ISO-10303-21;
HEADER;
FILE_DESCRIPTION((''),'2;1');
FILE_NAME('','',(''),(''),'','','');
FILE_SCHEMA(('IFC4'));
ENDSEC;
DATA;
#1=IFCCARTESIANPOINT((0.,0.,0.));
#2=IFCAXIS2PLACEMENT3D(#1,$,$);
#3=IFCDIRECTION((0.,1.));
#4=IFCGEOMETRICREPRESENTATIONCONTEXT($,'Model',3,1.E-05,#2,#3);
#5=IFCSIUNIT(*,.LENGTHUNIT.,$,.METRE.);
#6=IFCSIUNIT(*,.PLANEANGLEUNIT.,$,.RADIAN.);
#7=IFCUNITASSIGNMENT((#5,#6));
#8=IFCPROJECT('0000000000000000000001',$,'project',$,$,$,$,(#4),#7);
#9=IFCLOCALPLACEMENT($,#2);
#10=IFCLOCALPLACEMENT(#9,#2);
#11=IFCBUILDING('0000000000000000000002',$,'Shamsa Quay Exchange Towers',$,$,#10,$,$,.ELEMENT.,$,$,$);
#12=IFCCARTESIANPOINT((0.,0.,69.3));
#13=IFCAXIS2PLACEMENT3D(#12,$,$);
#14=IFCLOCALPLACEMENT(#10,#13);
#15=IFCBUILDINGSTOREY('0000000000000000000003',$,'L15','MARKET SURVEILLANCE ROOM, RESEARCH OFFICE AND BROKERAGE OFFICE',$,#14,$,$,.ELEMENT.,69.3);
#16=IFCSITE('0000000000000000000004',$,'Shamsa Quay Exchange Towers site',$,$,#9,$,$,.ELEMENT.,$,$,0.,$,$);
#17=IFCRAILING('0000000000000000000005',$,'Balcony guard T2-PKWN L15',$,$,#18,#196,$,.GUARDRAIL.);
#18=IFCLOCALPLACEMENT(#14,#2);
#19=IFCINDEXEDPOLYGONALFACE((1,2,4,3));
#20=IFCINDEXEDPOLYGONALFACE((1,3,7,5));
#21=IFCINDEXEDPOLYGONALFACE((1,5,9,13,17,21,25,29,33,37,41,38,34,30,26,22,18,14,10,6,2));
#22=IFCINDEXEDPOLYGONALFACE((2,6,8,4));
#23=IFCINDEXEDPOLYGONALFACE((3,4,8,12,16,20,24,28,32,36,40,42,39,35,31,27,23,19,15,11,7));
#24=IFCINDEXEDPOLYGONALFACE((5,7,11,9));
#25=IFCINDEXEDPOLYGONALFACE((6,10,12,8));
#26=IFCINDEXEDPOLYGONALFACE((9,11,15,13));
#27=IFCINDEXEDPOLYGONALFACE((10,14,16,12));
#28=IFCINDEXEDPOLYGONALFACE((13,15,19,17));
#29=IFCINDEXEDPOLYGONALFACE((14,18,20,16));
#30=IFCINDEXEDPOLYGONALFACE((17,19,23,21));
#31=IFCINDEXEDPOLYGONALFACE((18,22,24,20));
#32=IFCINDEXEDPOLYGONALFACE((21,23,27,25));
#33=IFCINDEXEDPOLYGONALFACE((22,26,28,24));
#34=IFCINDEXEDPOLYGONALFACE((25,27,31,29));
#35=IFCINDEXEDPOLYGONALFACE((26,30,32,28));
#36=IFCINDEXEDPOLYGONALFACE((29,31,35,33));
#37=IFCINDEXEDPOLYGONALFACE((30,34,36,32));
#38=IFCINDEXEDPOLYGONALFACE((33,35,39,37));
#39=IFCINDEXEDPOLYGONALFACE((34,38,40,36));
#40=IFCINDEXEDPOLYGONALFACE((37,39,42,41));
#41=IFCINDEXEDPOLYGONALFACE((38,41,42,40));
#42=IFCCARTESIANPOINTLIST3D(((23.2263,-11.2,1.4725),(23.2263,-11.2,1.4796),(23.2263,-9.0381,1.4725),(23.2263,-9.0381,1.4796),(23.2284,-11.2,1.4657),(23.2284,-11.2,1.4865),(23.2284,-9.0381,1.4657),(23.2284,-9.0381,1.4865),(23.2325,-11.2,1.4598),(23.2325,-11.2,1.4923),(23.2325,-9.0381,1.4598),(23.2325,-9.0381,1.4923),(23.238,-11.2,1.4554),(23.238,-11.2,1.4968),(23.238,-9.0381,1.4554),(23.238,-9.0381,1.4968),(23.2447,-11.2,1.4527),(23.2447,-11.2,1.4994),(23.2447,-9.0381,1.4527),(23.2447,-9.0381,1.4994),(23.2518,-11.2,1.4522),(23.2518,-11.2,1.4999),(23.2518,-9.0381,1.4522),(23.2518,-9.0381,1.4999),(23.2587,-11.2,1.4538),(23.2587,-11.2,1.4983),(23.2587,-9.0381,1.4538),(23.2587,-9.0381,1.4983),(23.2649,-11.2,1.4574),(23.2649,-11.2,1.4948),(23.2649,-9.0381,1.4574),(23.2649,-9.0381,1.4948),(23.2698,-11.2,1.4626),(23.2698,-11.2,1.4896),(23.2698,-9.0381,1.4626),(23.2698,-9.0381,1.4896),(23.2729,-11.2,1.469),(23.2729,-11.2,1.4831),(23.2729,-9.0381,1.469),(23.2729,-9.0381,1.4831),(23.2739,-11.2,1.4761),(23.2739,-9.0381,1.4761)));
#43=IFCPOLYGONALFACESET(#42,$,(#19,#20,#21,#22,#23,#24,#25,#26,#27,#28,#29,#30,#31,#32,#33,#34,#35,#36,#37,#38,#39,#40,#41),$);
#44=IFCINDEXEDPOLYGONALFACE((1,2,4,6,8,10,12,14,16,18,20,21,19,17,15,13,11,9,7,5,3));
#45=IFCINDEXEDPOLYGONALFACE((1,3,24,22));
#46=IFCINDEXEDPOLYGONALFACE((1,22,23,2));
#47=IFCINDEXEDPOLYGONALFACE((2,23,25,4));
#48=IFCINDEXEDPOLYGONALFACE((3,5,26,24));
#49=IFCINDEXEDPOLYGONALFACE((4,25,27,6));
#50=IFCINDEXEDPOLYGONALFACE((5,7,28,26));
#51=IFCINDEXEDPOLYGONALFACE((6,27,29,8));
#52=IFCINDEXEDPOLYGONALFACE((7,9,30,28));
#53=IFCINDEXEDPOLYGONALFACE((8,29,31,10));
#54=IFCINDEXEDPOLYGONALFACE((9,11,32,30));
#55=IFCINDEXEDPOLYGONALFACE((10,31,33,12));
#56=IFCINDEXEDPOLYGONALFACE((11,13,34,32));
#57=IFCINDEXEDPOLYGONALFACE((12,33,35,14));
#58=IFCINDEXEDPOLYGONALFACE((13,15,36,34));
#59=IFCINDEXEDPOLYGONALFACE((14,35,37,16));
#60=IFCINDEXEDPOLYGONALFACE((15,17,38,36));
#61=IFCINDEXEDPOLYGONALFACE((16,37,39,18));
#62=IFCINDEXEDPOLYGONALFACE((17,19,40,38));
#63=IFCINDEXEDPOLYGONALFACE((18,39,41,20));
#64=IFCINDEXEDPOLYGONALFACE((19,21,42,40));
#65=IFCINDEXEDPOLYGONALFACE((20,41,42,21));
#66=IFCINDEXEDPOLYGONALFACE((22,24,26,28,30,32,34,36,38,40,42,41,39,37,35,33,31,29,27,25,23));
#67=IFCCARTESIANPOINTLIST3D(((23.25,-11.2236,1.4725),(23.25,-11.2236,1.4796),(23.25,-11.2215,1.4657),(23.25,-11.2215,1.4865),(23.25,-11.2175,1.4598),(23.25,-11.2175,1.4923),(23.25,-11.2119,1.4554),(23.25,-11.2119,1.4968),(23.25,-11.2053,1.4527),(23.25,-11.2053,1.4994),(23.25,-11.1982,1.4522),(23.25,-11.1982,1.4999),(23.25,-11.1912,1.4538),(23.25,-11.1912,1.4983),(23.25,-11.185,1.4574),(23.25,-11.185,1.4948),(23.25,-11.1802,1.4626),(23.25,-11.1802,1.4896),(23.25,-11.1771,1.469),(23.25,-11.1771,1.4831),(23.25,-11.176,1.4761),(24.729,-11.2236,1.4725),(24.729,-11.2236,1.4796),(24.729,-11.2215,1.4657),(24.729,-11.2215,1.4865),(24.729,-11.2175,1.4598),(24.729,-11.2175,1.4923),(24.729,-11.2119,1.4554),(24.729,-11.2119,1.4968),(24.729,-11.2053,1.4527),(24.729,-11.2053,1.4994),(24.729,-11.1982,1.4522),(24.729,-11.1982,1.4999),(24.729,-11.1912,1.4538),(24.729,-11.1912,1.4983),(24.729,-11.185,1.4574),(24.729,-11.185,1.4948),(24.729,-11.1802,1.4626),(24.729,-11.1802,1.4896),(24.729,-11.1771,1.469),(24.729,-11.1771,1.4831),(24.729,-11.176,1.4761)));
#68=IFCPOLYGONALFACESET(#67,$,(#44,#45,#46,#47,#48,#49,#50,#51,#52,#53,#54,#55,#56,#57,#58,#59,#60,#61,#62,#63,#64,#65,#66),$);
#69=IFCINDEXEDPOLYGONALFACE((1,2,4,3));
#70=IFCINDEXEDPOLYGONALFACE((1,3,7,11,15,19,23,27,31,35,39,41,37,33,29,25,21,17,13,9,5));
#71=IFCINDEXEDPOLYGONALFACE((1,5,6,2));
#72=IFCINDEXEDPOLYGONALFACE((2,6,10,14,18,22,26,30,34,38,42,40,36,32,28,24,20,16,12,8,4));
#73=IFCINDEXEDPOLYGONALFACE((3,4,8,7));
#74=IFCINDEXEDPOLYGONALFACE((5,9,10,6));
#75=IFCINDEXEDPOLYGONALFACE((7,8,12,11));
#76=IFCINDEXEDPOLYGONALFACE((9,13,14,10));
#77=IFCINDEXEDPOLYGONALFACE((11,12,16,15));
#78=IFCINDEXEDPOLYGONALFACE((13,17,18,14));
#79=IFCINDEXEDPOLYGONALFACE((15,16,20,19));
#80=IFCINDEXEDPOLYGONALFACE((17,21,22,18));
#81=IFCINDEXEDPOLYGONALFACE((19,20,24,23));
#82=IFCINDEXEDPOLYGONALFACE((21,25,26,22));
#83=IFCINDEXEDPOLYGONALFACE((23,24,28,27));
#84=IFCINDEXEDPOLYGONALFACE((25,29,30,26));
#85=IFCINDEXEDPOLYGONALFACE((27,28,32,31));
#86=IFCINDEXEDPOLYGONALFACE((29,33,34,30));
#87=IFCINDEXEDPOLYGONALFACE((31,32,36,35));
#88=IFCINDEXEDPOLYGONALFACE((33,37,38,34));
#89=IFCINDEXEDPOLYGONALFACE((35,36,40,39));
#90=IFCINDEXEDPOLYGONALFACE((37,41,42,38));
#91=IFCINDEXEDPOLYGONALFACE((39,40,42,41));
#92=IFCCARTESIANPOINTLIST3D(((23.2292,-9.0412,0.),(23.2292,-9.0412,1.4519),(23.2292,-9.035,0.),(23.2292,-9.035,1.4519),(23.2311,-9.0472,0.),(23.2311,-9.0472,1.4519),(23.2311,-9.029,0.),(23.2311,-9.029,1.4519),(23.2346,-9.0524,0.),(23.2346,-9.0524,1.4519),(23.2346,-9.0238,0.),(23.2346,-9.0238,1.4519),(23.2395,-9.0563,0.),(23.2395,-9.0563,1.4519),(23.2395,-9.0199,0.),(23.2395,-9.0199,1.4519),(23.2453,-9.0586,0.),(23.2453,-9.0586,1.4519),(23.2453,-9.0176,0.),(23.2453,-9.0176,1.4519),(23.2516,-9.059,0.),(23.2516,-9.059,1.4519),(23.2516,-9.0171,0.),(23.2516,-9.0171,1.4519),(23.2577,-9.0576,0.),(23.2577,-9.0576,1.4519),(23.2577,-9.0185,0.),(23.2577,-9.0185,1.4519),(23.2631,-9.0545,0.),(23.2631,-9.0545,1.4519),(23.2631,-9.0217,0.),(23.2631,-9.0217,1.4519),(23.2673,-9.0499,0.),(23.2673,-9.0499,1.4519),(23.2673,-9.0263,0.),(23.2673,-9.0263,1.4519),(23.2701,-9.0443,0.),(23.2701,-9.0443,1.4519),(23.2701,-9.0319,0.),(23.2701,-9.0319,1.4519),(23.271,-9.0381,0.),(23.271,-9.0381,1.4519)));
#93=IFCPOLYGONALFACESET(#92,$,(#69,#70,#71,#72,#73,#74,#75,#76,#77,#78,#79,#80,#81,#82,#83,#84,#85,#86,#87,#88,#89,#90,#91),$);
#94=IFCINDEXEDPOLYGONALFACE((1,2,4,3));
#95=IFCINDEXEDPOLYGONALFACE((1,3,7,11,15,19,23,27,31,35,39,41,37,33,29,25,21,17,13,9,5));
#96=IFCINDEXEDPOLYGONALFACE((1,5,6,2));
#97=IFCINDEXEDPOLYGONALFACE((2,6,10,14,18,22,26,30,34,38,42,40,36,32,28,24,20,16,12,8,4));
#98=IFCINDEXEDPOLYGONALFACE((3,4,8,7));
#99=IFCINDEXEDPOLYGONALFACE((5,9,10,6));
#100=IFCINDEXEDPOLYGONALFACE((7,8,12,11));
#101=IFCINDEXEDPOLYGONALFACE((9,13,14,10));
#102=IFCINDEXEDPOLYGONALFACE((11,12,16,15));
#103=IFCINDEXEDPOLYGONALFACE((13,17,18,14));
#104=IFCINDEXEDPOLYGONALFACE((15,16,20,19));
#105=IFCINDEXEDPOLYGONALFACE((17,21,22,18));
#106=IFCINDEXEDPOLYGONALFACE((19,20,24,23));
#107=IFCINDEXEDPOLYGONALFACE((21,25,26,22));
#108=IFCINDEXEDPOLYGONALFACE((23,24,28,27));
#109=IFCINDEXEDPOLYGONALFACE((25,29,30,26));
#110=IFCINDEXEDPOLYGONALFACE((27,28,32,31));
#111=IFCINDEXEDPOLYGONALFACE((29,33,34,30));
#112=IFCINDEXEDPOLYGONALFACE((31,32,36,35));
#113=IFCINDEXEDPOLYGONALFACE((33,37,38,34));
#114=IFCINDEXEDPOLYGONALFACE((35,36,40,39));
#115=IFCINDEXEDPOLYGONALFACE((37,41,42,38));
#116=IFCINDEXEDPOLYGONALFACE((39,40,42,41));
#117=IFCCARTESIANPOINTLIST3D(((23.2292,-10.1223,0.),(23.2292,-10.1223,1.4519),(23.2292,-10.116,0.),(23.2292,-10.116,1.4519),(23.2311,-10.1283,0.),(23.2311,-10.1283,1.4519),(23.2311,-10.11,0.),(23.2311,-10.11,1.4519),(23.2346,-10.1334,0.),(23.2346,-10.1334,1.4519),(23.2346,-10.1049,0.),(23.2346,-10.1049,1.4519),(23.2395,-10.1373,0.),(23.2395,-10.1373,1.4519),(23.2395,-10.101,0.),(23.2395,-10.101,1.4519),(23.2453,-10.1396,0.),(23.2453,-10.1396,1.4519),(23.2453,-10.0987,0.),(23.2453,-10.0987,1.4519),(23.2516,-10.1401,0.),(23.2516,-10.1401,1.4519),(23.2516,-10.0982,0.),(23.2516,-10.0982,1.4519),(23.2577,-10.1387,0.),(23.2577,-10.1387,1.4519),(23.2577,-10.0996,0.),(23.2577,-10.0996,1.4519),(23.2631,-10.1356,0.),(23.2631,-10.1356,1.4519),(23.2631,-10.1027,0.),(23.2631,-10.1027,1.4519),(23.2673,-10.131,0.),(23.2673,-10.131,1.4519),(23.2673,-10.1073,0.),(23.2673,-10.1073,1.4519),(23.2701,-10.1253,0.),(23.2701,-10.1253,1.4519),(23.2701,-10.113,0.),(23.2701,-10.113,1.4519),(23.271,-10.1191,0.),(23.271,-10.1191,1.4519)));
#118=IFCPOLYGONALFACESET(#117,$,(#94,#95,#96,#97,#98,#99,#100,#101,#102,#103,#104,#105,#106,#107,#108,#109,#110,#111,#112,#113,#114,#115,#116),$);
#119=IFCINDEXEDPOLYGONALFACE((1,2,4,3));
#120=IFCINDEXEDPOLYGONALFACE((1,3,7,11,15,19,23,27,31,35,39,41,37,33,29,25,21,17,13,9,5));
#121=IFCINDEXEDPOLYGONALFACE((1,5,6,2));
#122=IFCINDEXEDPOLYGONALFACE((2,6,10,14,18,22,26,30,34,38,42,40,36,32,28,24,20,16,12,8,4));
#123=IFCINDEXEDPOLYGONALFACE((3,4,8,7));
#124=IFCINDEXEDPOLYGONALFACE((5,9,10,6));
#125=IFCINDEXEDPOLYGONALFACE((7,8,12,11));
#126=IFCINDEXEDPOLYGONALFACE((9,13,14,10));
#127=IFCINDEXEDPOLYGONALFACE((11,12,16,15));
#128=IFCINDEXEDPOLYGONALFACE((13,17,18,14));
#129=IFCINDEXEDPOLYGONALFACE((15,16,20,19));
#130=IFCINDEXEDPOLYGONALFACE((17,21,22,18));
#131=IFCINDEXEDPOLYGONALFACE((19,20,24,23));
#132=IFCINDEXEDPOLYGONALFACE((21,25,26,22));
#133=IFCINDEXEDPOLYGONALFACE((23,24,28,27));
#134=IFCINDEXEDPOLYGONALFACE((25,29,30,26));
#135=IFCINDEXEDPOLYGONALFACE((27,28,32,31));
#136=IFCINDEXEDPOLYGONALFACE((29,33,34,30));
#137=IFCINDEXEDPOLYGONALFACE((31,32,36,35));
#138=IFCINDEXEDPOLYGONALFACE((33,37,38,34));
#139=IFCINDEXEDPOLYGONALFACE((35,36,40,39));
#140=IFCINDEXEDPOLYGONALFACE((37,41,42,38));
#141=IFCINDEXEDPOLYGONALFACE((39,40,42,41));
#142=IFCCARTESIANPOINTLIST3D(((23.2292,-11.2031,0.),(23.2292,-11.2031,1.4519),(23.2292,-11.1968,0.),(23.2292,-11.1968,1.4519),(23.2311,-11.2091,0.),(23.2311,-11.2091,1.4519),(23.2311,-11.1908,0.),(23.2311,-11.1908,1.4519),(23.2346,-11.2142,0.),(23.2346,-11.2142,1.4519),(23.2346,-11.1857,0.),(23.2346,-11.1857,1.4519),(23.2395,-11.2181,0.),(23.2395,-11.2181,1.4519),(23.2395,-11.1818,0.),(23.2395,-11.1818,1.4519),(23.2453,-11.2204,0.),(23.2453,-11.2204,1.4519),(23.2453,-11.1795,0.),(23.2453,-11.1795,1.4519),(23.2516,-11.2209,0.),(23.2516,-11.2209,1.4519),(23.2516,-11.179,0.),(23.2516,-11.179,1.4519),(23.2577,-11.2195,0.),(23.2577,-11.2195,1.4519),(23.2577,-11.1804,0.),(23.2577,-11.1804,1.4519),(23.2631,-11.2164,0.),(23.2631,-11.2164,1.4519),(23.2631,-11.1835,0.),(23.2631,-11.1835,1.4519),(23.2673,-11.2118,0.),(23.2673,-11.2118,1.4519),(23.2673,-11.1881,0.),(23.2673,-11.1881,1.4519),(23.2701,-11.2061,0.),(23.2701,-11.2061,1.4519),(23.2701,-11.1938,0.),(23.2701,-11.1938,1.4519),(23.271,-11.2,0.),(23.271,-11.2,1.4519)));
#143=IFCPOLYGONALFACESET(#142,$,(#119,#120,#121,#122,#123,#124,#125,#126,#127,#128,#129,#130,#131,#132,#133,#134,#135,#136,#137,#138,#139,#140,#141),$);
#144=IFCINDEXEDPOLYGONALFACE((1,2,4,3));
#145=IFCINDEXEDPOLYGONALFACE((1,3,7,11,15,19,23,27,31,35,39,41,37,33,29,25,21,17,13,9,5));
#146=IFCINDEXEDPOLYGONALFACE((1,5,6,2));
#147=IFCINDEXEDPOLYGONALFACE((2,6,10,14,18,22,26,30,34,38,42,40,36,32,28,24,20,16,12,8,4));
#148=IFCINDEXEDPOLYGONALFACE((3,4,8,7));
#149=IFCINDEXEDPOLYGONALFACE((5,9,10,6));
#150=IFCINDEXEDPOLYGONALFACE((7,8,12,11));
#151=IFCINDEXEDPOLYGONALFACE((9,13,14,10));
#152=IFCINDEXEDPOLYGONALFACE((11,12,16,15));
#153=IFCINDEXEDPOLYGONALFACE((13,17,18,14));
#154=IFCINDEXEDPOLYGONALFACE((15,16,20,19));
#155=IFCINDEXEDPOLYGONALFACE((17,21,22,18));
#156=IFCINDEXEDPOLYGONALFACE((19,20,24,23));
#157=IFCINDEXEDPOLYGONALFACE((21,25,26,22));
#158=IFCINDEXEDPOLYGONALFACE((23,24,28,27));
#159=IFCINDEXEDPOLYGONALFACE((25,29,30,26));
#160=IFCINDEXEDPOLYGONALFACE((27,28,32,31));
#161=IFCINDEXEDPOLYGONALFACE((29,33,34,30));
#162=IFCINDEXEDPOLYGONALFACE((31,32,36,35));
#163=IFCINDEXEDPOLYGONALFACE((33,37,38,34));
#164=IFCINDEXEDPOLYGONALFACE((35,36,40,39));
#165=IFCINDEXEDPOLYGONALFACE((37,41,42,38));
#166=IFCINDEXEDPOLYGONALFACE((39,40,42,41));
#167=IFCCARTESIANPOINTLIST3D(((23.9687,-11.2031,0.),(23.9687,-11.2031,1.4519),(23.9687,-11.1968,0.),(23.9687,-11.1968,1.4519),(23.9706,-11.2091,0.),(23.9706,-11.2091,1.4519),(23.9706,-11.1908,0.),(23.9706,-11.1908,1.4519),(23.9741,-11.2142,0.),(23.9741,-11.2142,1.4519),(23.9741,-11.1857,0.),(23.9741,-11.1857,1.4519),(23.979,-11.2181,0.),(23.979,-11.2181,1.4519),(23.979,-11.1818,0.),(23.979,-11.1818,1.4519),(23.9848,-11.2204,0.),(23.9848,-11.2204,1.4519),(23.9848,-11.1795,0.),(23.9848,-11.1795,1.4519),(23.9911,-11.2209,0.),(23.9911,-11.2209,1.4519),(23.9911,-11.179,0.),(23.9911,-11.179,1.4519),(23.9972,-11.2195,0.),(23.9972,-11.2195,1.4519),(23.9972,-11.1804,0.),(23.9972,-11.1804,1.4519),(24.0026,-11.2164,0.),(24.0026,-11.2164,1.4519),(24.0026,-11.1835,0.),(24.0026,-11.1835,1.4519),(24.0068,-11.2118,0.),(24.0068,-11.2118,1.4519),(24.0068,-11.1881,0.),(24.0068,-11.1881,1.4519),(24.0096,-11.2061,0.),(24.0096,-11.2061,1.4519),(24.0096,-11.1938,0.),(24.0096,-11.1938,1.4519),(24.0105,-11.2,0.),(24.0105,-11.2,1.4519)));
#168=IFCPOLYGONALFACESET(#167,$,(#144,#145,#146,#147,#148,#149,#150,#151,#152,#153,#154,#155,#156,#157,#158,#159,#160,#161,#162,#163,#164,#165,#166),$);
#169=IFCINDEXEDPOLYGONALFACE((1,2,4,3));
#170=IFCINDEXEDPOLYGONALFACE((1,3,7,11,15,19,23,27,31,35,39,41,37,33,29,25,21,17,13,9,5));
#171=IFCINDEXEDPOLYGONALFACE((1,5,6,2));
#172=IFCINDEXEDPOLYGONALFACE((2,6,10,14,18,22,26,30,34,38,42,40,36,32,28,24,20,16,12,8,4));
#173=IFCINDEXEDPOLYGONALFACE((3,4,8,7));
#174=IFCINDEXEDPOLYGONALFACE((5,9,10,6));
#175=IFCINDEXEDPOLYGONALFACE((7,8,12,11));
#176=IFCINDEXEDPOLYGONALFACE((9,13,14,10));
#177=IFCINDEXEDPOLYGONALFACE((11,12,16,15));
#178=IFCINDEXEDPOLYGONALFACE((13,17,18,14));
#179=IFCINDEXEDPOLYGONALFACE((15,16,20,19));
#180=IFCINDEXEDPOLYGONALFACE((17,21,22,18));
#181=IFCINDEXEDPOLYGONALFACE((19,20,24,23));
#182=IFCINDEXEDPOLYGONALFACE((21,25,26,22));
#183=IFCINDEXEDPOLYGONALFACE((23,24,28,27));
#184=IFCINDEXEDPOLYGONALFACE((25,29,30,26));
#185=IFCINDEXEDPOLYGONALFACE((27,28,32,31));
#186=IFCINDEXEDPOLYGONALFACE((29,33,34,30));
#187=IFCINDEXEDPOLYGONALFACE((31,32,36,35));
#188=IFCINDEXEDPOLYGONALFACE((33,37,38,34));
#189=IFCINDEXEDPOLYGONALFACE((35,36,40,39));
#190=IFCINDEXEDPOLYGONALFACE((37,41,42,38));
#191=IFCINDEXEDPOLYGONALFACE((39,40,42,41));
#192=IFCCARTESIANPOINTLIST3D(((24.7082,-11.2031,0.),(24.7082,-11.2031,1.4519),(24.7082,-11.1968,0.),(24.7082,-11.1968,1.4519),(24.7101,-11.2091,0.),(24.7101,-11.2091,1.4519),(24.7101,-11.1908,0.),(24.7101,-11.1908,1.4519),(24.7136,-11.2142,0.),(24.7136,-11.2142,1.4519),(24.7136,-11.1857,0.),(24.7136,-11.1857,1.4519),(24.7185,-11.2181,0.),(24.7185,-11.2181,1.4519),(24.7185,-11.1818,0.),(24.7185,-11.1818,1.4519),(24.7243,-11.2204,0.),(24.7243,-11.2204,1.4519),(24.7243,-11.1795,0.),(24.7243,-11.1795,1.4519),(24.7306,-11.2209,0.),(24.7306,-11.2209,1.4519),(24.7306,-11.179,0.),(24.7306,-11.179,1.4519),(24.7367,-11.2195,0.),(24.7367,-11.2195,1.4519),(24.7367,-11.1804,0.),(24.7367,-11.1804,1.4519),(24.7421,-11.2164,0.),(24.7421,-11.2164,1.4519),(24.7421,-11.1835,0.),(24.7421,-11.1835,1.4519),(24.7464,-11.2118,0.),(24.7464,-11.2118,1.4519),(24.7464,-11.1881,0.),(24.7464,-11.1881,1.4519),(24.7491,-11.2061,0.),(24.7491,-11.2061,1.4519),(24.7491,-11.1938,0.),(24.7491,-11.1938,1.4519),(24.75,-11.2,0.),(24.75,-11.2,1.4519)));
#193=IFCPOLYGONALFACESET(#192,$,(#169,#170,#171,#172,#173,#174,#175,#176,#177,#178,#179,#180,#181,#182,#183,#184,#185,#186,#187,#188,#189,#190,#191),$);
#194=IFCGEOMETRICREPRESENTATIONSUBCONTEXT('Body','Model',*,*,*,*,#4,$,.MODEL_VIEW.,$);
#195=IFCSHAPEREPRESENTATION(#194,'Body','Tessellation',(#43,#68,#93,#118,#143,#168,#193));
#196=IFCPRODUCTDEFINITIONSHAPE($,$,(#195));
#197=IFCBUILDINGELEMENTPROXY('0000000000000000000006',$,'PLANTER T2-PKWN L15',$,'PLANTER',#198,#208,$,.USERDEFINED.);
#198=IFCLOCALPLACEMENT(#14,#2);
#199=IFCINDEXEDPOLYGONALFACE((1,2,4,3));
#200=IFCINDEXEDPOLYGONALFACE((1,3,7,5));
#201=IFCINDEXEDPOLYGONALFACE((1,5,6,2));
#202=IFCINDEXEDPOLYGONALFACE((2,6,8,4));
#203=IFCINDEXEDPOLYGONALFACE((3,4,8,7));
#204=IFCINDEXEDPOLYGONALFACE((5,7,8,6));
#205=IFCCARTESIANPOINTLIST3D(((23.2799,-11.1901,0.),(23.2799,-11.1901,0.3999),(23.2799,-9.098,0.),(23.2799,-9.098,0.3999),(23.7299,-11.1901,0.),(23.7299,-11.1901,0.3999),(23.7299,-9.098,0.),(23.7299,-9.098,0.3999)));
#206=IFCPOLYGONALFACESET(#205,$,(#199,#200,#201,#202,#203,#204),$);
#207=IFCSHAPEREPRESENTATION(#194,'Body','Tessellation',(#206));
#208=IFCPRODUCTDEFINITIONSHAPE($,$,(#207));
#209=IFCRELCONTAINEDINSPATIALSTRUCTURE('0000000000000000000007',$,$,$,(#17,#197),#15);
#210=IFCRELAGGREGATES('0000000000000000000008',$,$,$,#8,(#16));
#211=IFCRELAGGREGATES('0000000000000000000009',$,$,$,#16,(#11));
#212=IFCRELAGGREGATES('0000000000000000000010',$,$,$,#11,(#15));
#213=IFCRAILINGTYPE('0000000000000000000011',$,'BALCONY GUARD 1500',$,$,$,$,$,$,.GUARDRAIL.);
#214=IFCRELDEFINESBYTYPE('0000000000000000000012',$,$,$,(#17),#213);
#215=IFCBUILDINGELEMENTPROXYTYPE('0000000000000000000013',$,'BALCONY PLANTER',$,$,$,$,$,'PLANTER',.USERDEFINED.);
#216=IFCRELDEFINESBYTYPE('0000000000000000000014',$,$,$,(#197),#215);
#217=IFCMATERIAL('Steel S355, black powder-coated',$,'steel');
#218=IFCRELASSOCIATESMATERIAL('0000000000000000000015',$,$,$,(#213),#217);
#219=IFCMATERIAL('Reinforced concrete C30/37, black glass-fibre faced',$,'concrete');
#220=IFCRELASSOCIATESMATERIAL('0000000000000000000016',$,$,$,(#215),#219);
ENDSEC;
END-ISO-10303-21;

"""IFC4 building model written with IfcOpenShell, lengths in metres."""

from ifc_helpers import new_model, si_unit, direction, frame, origin, origin_2d, place, context, subcontext, project, spatial, rectangle, circle, extrude, material, type_object, element, save


model = new_model("IFC4")

# Units and contexts
model_context = context("Model", 3, precision=1e-05, world=origin(), true_north=direction((0.0, 1.0)))
body_context = subcontext(model_context, "Body", "Model", "MODEL_VIEW")
ifc_project = project(units=[si_unit("LENGTHUNIT", "METRE"), si_unit("PLANEANGLEUNIT", "RADIAN")], contexts=[model_context])

# Site, building, storey
site_placement = place(None, origin())
site = spatial("IfcSite", under=ifc_project, at=site_placement, Name="Shamsa Quay Exchange Towers site", CompositionType="ELEMENT", RefElevation=0.0)
building_placement = place(site_placement, origin())
building = spatial("IfcBuilding", under=site, at=building_placement, Name="Shamsa Quay Exchange Towers", CompositionType="ELEMENT")
storey_placement = place(building_placement, frame((0.0, 0.0, 69.3)))
storey = spatial("IfcBuildingStorey", under=building, at=storey_placement, Name="L15", Description="MARKET SURVEILLANCE ROOM, RESEARCH OFFICE AND BROKERAGE OFFICE", CompositionType="ELEMENT", Elevation=69.3)

# Railing
ifc_material_1 = material(Name="Steel S355, black powder-coated", Category="steel")
railing_type = type_object("IfcRailingType", Name="BALCONY GUARD 1500", PredefinedType="GUARDRAIL", material=ifc_material_1)
railing_placement = place(storey_placement, frame((23.25, -9.0381, 0.0)))
element("IfcRailing", 1, at=railing_placement, inside=storey, type_object=railing_type, Name="Balcony guard T2-PKWN L15", PredefinedType="GUARDRAIL", context=body_context, shape_type="SweptSolid", body=[
    extrude(circle(Radius=0.0239, at=origin_2d()), frame((0.0, 0.0, 1.4761), z_axis=(0.0, -1.0, 0.0), x_axis=(1.0, 0.0, 0.0)), (0.0, 0.0, 1.0), 2.1619),
    extrude(circle(Radius=0.0239, at=origin_2d()), frame((0.0, -2.1619, 1.4761), z_axis=(1.0, 0.0, 0.0), x_axis=(0.0, 1.0, 0.0)), (0.0, 0.0, 1.0), 1.479),
    extrude(circle(Radius=0.021, at=origin_2d()), origin(), (0.0, 0.0, 1.0), 1.4519),
    extrude(circle(Radius=0.021, at=origin_2d()), frame((0.0, -1.0811, 0.0)), (0.0, 0.0, 1.0), 1.4519),
    extrude(circle(Radius=0.021, at=origin_2d()), frame((0.0, -2.1619, 0.0)), (0.0, 0.0, 1.0), 1.4519),
    extrude(circle(Radius=0.021, at=origin_2d()), frame((0.7395, -2.1619, 0.0)), (0.0, 0.0, 1.0), 1.4519),
    extrude(circle(Radius=0.021, at=origin_2d()), frame((1.479, -2.1619, 0.0)), (0.0, 0.0, 1.0), 1.4519),
])

# Building element proxy
ifc_material_2 = material(Name="Reinforced concrete C30/37, black glass-fibre faced", Category="concrete")
building_element_proxy_type = type_object("IfcBuildingElementProxyType", Name="BALCONY PLANTER", ElementType="PLANTER", PredefinedType="USERDEFINED", material=ifc_material_2)
proxy_placement = place(storey_placement, frame((23.5049, -10.144, 0.0), z_axis=(0.0, 0.0, 1.0), x_axis=(0.0, -1.0, 0.0)))
element("IfcBuildingElementProxy", 2, at=proxy_placement, inside=storey, type_object=building_element_proxy_type, Name="PLANTER T2-PKWN L15", ObjectType="PLANTER", PredefinedType="USERDEFINED", context=body_context, shape_type="SweptSolid", body=[
    extrude(rectangle(XDim=2.092, YDim=0.45, at=origin_2d()), origin(), (0.0, 0.0, 1.0), 0.3999),
])

save(model, "model.ifc")
